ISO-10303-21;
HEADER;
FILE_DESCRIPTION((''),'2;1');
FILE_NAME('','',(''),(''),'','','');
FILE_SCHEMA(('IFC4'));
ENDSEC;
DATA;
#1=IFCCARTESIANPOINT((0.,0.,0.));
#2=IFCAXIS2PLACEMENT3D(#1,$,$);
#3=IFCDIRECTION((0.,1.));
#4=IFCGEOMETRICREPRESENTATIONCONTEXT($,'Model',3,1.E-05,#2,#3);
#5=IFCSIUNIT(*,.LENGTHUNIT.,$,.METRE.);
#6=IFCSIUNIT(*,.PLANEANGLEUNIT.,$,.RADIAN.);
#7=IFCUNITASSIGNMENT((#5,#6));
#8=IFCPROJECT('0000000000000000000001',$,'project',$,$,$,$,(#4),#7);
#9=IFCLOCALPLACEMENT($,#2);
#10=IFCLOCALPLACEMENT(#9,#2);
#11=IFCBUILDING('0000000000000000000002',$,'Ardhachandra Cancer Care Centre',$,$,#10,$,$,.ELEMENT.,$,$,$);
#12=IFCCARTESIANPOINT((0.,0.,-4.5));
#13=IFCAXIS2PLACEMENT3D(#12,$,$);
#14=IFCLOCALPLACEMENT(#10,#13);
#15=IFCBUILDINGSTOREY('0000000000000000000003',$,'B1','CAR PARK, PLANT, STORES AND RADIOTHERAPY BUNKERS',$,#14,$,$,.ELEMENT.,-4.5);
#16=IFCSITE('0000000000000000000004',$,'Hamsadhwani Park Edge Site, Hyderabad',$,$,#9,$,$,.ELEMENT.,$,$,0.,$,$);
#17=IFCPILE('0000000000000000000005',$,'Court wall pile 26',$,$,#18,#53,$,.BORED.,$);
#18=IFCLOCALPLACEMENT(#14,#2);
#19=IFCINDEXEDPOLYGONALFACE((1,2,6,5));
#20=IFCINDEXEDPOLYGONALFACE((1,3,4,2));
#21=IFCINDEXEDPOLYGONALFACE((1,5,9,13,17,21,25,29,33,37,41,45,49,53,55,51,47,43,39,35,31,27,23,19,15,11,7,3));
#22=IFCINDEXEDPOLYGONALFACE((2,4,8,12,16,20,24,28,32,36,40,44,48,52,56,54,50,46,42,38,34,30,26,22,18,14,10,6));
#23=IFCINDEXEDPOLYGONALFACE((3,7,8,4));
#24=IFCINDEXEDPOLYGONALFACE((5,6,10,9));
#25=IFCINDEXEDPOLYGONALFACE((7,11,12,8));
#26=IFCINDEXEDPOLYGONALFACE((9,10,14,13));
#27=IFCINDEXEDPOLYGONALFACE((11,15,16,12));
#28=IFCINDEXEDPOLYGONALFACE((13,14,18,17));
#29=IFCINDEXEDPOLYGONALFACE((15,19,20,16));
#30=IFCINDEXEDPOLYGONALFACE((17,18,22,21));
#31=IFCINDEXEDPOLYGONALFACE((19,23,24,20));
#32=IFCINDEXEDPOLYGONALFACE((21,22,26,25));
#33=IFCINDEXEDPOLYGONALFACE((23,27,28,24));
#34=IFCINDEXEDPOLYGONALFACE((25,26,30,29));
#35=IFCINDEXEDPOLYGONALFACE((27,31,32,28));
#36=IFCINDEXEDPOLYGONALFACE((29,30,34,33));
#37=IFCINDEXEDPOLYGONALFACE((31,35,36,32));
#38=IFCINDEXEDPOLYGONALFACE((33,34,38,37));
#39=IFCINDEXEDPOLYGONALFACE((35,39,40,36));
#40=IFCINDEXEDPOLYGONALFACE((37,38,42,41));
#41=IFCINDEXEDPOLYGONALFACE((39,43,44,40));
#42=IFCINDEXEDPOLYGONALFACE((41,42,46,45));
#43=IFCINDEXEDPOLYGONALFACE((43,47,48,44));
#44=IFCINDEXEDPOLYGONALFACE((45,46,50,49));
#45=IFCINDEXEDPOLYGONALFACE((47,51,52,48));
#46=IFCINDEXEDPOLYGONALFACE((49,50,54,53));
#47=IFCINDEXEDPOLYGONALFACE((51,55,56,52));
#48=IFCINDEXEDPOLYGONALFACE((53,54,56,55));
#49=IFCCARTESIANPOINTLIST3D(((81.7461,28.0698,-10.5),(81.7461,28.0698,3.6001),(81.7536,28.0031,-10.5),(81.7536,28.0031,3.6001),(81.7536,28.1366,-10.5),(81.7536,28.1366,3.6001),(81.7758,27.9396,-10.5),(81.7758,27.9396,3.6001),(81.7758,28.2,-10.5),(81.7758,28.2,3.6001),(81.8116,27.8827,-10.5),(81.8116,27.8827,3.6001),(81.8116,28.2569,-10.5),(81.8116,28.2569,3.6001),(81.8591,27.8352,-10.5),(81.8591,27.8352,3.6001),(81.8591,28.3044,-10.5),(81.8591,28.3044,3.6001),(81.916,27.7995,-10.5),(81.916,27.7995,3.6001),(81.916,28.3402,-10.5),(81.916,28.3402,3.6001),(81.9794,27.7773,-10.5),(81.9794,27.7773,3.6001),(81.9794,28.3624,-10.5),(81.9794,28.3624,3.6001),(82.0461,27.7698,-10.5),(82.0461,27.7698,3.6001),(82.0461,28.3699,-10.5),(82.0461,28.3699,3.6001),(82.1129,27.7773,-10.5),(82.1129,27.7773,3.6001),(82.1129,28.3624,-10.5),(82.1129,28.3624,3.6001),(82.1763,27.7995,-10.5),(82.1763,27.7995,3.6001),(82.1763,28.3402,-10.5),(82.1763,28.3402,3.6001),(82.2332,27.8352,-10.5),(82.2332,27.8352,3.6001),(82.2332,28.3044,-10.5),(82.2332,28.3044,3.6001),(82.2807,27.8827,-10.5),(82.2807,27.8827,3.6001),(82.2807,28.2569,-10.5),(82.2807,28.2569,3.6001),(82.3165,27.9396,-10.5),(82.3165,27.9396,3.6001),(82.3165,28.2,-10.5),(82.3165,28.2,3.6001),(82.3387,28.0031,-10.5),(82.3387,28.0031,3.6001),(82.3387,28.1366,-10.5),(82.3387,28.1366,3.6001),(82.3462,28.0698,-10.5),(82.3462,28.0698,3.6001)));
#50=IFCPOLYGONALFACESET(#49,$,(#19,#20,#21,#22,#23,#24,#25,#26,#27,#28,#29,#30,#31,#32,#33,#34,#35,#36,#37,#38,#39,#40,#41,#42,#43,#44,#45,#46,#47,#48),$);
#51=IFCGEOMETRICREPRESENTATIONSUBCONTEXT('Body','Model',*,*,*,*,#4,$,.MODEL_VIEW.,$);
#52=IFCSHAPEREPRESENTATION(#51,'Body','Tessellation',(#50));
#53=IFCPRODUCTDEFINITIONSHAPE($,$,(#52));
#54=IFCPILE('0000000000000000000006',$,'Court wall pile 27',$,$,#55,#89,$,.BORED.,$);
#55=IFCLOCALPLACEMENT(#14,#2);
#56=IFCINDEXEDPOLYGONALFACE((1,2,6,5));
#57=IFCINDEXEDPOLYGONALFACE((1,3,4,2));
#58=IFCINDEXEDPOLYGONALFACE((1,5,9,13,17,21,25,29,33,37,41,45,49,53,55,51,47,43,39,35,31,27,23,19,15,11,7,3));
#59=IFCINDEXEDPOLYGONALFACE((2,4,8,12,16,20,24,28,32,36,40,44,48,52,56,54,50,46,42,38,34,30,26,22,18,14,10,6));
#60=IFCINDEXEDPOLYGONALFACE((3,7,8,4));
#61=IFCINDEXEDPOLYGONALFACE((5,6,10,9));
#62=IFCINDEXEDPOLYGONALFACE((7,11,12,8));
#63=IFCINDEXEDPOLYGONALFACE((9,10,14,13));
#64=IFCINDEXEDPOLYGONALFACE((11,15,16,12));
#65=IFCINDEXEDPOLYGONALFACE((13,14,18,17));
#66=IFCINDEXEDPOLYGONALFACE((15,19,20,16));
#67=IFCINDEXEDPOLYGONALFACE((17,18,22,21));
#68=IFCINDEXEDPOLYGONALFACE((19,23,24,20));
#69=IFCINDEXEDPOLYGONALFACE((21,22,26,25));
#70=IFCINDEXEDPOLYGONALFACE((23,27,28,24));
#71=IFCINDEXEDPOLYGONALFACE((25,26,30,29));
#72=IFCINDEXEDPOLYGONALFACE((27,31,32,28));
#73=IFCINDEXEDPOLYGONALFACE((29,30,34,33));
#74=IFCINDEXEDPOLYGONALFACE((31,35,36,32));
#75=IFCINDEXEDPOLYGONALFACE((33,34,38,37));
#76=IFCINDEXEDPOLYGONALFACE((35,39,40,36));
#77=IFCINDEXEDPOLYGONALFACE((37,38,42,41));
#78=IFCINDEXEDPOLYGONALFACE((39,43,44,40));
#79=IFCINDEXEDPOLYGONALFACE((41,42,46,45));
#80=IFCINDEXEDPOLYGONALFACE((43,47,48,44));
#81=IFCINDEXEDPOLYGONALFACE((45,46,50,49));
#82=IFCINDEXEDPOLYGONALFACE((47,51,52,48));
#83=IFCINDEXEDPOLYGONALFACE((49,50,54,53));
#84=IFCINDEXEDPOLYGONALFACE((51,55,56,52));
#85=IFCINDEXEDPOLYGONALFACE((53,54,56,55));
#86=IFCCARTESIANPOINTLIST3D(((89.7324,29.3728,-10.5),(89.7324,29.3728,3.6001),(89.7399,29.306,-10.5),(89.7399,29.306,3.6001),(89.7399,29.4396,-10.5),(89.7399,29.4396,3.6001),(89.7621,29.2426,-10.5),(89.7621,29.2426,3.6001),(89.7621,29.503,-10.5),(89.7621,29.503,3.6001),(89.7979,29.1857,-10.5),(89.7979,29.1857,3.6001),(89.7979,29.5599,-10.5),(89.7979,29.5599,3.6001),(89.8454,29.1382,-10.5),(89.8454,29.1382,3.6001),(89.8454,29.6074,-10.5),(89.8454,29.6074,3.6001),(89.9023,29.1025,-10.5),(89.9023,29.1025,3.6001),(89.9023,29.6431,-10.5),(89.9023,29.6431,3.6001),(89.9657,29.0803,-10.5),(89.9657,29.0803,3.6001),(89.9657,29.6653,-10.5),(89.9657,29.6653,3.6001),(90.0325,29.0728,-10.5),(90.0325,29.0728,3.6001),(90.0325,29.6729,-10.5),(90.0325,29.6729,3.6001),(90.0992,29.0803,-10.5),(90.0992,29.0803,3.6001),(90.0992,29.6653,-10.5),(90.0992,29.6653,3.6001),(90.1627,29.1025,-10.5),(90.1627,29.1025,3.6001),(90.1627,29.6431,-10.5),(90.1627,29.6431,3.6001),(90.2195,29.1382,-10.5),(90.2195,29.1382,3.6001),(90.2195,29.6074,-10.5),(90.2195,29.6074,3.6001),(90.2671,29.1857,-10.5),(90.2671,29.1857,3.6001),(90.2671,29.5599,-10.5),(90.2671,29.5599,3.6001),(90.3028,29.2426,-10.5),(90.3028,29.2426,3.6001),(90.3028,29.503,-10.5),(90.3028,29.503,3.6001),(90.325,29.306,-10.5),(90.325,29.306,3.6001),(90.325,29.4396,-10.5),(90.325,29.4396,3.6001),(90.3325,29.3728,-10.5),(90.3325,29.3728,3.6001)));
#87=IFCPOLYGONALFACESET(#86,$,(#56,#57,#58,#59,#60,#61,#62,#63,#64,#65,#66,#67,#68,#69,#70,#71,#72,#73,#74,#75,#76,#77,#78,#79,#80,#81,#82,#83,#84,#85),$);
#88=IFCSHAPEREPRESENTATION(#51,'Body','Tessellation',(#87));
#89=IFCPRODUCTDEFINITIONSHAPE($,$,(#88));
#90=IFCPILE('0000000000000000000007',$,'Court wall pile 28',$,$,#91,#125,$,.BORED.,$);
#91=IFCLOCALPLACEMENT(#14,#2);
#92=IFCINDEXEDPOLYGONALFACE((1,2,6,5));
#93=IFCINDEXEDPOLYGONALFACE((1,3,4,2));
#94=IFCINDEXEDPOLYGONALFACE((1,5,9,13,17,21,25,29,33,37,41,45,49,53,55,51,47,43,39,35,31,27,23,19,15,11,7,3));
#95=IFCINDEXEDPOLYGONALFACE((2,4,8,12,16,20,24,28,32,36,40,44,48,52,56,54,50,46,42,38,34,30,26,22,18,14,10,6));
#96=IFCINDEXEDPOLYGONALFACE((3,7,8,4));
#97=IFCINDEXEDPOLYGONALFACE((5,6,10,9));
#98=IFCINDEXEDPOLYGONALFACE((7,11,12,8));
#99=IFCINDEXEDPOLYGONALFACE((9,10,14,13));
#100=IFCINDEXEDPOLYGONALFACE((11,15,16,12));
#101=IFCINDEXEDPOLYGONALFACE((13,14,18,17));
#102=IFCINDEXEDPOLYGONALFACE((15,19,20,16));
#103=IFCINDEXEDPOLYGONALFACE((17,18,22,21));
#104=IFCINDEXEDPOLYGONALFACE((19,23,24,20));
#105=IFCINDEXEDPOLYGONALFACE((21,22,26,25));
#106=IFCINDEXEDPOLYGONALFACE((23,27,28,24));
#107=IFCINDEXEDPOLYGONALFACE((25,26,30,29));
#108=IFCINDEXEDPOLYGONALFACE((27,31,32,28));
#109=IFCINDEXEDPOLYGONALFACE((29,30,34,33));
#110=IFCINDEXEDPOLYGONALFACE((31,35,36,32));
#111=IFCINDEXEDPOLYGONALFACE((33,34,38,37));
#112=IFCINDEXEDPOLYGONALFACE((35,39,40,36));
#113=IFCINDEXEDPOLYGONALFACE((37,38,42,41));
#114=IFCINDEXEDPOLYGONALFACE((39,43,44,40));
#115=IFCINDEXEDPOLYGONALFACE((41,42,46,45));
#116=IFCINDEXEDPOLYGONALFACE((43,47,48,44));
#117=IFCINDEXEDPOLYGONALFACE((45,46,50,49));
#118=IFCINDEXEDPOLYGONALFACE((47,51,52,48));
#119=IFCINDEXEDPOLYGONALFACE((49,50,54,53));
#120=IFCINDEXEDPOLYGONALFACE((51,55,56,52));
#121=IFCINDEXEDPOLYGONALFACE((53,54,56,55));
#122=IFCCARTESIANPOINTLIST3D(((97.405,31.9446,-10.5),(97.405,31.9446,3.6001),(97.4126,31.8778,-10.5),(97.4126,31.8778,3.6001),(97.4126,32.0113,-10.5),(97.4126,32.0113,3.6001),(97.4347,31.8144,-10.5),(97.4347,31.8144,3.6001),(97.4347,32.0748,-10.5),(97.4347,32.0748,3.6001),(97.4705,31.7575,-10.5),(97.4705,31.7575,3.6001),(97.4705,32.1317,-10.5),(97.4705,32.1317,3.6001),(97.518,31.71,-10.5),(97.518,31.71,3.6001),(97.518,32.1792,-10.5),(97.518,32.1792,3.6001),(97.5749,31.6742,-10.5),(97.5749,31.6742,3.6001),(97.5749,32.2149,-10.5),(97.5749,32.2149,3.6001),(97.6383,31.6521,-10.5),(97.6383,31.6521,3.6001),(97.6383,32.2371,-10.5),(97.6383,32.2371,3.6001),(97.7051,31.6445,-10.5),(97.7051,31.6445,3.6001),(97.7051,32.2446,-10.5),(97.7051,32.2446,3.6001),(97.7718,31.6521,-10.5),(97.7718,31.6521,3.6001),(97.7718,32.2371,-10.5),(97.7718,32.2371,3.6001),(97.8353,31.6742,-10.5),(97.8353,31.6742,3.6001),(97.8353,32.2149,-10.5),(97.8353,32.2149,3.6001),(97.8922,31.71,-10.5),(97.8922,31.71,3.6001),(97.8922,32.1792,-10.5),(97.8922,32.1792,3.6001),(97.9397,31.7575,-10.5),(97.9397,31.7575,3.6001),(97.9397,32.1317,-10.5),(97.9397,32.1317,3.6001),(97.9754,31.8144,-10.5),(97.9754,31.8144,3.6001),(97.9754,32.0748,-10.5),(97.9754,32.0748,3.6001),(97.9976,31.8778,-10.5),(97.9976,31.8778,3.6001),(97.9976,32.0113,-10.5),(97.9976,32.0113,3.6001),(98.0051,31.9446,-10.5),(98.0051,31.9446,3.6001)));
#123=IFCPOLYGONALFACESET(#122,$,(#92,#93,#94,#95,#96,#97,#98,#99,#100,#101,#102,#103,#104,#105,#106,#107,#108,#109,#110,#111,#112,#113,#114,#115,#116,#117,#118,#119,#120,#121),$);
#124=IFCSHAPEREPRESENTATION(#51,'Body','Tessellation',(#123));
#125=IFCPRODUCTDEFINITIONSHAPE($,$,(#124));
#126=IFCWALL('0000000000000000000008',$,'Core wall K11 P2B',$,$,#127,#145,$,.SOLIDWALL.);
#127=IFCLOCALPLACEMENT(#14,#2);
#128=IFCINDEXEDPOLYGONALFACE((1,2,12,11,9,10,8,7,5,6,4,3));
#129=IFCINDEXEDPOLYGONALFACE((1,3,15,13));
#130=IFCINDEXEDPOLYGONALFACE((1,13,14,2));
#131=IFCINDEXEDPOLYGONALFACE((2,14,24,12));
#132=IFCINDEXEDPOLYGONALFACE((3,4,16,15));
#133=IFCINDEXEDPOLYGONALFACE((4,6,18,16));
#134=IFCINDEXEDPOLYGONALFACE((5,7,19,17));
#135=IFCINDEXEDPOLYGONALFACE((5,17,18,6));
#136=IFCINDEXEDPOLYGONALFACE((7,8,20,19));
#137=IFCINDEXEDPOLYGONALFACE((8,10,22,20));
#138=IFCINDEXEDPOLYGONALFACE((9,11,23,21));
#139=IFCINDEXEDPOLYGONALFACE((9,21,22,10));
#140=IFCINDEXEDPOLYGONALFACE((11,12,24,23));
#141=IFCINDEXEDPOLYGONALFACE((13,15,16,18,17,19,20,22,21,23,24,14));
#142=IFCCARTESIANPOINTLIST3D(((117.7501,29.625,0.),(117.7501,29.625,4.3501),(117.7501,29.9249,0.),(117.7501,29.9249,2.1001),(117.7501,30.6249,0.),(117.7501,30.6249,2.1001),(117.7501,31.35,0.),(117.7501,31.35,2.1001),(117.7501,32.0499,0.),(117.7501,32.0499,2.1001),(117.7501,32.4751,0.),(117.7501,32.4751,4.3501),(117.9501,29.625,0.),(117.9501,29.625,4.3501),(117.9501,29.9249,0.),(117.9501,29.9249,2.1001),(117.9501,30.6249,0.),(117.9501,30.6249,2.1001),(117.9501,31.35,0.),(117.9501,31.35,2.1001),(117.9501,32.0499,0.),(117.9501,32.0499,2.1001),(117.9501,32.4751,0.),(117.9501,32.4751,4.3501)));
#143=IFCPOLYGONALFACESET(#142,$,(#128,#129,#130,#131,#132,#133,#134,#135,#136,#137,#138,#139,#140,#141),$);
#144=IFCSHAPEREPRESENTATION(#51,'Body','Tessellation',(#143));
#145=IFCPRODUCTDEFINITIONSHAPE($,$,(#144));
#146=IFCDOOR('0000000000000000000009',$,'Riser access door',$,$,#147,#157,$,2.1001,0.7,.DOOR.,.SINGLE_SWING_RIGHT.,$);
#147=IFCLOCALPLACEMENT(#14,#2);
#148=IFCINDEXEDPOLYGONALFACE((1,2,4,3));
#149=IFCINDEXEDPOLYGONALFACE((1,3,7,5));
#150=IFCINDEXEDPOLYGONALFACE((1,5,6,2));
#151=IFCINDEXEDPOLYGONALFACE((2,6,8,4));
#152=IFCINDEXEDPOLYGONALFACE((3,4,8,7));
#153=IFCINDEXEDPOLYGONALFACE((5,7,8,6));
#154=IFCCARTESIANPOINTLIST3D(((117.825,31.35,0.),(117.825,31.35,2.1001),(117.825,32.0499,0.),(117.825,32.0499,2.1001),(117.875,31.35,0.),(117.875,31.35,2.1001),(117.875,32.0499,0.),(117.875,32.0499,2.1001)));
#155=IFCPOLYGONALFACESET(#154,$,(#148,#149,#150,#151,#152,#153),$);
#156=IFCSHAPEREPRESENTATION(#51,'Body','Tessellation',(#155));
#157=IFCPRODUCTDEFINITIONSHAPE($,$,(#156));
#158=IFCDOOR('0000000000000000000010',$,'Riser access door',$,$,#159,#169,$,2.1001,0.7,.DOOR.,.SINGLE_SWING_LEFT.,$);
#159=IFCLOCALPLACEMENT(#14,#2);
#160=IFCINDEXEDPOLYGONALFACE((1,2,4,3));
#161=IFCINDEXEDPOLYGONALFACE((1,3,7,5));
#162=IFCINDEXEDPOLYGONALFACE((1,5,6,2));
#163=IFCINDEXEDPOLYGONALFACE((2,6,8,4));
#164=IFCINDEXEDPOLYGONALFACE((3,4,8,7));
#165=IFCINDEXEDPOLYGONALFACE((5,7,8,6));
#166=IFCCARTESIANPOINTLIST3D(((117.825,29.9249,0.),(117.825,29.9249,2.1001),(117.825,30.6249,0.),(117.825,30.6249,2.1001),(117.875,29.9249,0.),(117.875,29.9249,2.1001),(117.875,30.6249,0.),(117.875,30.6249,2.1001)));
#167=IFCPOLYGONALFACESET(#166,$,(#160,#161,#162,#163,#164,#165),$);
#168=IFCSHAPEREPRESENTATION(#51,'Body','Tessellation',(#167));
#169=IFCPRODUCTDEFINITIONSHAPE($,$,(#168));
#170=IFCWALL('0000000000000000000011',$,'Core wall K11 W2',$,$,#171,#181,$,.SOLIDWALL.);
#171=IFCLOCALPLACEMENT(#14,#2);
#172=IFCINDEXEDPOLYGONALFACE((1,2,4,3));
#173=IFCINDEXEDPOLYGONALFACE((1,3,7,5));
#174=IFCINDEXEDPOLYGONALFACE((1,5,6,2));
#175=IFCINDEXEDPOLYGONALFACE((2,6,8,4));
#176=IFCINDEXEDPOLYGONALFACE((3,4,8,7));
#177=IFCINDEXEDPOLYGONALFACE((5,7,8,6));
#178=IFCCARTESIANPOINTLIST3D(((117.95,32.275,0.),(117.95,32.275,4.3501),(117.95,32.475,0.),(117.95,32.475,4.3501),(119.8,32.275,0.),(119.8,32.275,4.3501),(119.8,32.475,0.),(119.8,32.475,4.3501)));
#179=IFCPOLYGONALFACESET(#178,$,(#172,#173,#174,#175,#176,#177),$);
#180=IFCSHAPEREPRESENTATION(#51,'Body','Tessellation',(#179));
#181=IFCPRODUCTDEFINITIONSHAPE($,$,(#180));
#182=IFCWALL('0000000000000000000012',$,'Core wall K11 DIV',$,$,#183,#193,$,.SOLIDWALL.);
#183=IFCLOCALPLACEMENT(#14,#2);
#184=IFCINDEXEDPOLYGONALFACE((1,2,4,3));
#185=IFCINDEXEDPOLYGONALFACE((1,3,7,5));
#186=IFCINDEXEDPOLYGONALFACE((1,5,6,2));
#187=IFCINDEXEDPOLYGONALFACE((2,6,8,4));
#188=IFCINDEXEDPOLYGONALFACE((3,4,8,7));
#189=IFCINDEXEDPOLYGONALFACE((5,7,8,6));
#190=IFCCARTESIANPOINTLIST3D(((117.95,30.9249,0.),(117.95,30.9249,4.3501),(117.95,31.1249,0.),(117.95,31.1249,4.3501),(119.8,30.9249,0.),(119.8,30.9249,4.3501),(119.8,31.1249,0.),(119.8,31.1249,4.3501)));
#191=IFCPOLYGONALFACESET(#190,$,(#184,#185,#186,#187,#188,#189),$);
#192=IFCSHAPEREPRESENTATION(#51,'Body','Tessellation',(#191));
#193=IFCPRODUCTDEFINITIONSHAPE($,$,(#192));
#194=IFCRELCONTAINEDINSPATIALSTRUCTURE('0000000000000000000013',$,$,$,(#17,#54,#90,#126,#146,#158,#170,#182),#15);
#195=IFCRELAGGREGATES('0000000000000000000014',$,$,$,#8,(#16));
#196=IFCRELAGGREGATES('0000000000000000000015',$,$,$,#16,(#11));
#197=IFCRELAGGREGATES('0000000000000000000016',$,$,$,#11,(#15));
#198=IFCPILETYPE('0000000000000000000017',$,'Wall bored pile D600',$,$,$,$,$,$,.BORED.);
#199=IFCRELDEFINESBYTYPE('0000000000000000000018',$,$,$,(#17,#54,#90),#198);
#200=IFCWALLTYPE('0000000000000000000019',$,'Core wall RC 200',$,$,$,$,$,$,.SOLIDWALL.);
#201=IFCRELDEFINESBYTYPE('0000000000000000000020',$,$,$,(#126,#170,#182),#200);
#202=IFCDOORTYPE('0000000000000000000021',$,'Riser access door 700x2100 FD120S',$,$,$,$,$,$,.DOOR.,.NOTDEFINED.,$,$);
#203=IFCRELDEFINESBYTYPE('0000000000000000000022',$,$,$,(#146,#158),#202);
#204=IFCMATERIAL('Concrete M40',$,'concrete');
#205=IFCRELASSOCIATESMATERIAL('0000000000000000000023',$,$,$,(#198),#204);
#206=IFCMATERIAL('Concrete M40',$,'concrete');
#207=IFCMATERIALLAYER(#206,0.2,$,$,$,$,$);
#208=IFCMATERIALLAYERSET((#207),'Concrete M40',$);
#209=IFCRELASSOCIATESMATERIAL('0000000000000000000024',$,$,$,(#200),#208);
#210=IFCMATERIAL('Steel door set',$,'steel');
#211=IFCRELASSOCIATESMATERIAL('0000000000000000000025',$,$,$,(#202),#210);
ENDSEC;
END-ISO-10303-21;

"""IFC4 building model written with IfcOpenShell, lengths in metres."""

from ifc_helpers import new_model, si_unit, direction, frame, frame_2d, origin, origin_2d, place, context, subcontext, project, spatial, rectangle, circle, extrude, material, layer, layer_set, material_profile, profile_set, type_object, element, fill, save


model = new_model("IFC4")

# Units and contexts
model_context = context("Model", 3, precision=1e-05, world=origin(), true_north=direction((0.0, 1.0)))
body_context = subcontext(model_context, "Body", "Model", "MODEL_VIEW")
ifc_project = project(units=[si_unit("LENGTHUNIT", "METRE"), si_unit("PLANEANGLEUNIT", "RADIAN")], contexts=[model_context])

# Site, building, storey
site_placement = place(None, origin())
site = spatial("IfcSite", under=ifc_project, at=site_placement, Name="Hamsadhwani Park Edge Site, Hyderabad", CompositionType="ELEMENT", RefElevation=0.0)
building_placement = place(site_placement, origin())
building = spatial("IfcBuilding", under=site, at=building_placement, Name="Ardhachandra Cancer Care Centre", CompositionType="ELEMENT")
storey_placement = place(building_placement, frame((0.0, 0.0, -4.5)))
storey = spatial("IfcBuildingStorey", under=building, at=storey_placement, Name="B1", Description="CAR PARK, PLANT, STORES AND RADIOTHERAPY BUNKERS", CompositionType="ELEMENT", Elevation=-4.5)

# Piles
ifc_material_1 = material(Name="Concrete M40", Category="concrete")
ifc_material_profile_1 = material_profile(ifc_material_1, circle(Radius=0.3, at=origin_2d()), Name="D600")
ifc_profile_set_1 = profile_set([ifc_material_profile_1], Name="Concrete M40")
pile_type_1 = type_object("IfcPileType", Name="Wall bored pile D600", PredefinedType="BORED", material=ifc_profile_set_1)
for number, where, z_axis, x_axis, name in (
    (1, (82.0461, 28.0698, 3.6001), (0.0, 0.0, -1.0), (1.0, 0.0, 0.0), "Court wall pile 26"),
    (2, (90.0325, 29.3728, 3.6001), (0.0, 0.0, -1.0), (1.0, 0.0, 0.0), "Court wall pile 27"),
    (3, (97.7051, 31.9446, 3.6001), (0.0, 0.0, -1.0), (1.0, 0.0, 0.0), "Court wall pile 28"),
):
    element("IfcPile", number, at=place(storey_placement, frame(where, z_axis=z_axis, x_axis=x_axis)), inside=storey, type_object=pile_type_1, Name=name, PredefinedType="BORED", context=body_context, shape_type="SweptSolid", body=[
        extrude(circle(Radius=0.3, at=origin_2d()), origin(), (0.0, 0.0, 1.0), 14.1001),
    ])

# Wall, openings, doors
ifc_material_2 = material(Name="Concrete M40", Category="concrete")
ifc_layer_1 = layer(ifc_material_2, 0.2)
ifc_layer_set_1 = layer_set([ifc_layer_1], Name="Concrete M40")
wall_type_1 = type_object("IfcWallType", Name="Core wall RC 200", PredefinedType="SOLIDWALL", material=ifc_layer_set_1)
wall_1_placement = place(storey_placement, frame((117.8501, 32.4751, 0.0), z_axis=(0.0, 0.0, 1.0), x_axis=(0.0, -1.0, 0.0)))
wall_1 = element("IfcWall", 4, at=wall_1_placement, inside=storey, type_object=wall_type_1, Name="Core wall K11 P2B", PredefinedType="SOLIDWALL", context=body_context, shape_type="SweptSolid", body=[
    extrude(rectangle(XDim=2.8501, YDim=0.2, at=frame_2d((1.425, 0.0))), origin(), (0.0, 0.0, 1.0), 4.3501),
])
opening_1_placement = place(wall_1_placement, frame((0.425, 0.0, 0.0)))
opening_1 = element("IfcOpeningElement", 5, at=opening_1_placement, cuts=wall_1, PredefinedType="OPENING", context=body_context, shape_type="SweptSolid", body=[
    extrude(rectangle(XDim=0.7, YDim=2.1001, at=frame_2d((0.3501, 1.05))), frame((0.0, 0.1099, 0.0), z_axis=(0.0, -1.0, 0.0), x_axis=(1.0, 0.0, 0.0)), (0.0, 0.0, 1.0), 0.22),
])
opening_2_placement = place(wall_1_placement, frame((1.8501, 0.0, 0.0)))
opening_2 = element("IfcOpeningElement", 6, at=opening_2_placement, cuts=wall_1, PredefinedType="OPENING", context=body_context, shape_type="SweptSolid", body=[
    extrude(rectangle(XDim=0.7, YDim=2.1001, at=frame_2d((0.3501, 1.05))), frame((0.0, 0.1099, 0.0), z_axis=(0.0, -1.0, 0.0), x_axis=(1.0, 0.0, 0.0)), (0.0, 0.0, 1.0), 0.22),
])
ifc_material_3 = material(Name="Steel door set", Category="steel")
door_type = type_object("IfcDoorType", Name="Riser access door 700x2100 FD120S", OperationType="NOTDEFINED", PredefinedType="DOOR", material=ifc_material_3)
door_1_placement = place(opening_1_placement, origin())
door_1 = element("IfcDoor", 7, at=door_1_placement, inside=storey, type_object=door_type, Name="Riser access door", OperationType="SINGLE_SWING_RIGHT", OverallHeight=2.1001, OverallWidth=0.7, PredefinedType="DOOR", context=body_context, shape_type="SweptSolid", body=[
    extrude(rectangle(XDim=0.7, YDim=2.1001, at=frame_2d((0.3501, 1.05))), frame((0.0, 0.0249, 0.0), z_axis=(0.0, -1.0, 0.0), x_axis=(1.0, 0.0, 0.0)), (0.0, 0.0, 1.0), 0.05),
])
fill(opening_1, door_1)
door_2_placement = place(opening_2_placement, origin())
door_2 = element("IfcDoor", 8, at=door_2_placement, inside=storey, type_object=door_type, Name="Riser access door", OperationType="SINGLE_SWING_LEFT", OverallHeight=2.1001, OverallWidth=0.7, PredefinedType="DOOR", context=body_context, shape_type="SweptSolid", body=[
    extrude(rectangle(XDim=0.7, YDim=2.1001, at=frame_2d((0.3501, 1.05))), frame((0.0, 0.0249, 0.0), z_axis=(0.0, -1.0, 0.0), x_axis=(1.0, 0.0, 0.0)), (0.0, 0.0, 1.0), 0.05),
])
fill(opening_2, door_2)

# Walls
for number, where, z_axis, x_axis, name in (
    (9, (117.95, 32.375, 0.0), (0.0, 0.0, 1.0), (1.0, 0.0, 0.0), "Core wall K11 W2"),
    (10, (117.95, 31.0249, 0.0), (0.0, 0.0, 1.0), (1.0, 0.0, 0.0), "Core wall K11 DIV"),
):
    element("IfcWall", number, at=place(storey_placement, frame(where, z_axis=z_axis, x_axis=x_axis)), inside=storey, type_object=wall_type_1, Name=name, PredefinedType="SOLIDWALL", context=body_context, shape_type="SweptSolid", body=[
        extrude(rectangle(XDim=1.8501, YDim=0.2, at=frame_2d((0.925, 0.0))), origin(), (0.0, 0.0, 1.0), 4.3501),
    ])

save(model, "model.ifc")
